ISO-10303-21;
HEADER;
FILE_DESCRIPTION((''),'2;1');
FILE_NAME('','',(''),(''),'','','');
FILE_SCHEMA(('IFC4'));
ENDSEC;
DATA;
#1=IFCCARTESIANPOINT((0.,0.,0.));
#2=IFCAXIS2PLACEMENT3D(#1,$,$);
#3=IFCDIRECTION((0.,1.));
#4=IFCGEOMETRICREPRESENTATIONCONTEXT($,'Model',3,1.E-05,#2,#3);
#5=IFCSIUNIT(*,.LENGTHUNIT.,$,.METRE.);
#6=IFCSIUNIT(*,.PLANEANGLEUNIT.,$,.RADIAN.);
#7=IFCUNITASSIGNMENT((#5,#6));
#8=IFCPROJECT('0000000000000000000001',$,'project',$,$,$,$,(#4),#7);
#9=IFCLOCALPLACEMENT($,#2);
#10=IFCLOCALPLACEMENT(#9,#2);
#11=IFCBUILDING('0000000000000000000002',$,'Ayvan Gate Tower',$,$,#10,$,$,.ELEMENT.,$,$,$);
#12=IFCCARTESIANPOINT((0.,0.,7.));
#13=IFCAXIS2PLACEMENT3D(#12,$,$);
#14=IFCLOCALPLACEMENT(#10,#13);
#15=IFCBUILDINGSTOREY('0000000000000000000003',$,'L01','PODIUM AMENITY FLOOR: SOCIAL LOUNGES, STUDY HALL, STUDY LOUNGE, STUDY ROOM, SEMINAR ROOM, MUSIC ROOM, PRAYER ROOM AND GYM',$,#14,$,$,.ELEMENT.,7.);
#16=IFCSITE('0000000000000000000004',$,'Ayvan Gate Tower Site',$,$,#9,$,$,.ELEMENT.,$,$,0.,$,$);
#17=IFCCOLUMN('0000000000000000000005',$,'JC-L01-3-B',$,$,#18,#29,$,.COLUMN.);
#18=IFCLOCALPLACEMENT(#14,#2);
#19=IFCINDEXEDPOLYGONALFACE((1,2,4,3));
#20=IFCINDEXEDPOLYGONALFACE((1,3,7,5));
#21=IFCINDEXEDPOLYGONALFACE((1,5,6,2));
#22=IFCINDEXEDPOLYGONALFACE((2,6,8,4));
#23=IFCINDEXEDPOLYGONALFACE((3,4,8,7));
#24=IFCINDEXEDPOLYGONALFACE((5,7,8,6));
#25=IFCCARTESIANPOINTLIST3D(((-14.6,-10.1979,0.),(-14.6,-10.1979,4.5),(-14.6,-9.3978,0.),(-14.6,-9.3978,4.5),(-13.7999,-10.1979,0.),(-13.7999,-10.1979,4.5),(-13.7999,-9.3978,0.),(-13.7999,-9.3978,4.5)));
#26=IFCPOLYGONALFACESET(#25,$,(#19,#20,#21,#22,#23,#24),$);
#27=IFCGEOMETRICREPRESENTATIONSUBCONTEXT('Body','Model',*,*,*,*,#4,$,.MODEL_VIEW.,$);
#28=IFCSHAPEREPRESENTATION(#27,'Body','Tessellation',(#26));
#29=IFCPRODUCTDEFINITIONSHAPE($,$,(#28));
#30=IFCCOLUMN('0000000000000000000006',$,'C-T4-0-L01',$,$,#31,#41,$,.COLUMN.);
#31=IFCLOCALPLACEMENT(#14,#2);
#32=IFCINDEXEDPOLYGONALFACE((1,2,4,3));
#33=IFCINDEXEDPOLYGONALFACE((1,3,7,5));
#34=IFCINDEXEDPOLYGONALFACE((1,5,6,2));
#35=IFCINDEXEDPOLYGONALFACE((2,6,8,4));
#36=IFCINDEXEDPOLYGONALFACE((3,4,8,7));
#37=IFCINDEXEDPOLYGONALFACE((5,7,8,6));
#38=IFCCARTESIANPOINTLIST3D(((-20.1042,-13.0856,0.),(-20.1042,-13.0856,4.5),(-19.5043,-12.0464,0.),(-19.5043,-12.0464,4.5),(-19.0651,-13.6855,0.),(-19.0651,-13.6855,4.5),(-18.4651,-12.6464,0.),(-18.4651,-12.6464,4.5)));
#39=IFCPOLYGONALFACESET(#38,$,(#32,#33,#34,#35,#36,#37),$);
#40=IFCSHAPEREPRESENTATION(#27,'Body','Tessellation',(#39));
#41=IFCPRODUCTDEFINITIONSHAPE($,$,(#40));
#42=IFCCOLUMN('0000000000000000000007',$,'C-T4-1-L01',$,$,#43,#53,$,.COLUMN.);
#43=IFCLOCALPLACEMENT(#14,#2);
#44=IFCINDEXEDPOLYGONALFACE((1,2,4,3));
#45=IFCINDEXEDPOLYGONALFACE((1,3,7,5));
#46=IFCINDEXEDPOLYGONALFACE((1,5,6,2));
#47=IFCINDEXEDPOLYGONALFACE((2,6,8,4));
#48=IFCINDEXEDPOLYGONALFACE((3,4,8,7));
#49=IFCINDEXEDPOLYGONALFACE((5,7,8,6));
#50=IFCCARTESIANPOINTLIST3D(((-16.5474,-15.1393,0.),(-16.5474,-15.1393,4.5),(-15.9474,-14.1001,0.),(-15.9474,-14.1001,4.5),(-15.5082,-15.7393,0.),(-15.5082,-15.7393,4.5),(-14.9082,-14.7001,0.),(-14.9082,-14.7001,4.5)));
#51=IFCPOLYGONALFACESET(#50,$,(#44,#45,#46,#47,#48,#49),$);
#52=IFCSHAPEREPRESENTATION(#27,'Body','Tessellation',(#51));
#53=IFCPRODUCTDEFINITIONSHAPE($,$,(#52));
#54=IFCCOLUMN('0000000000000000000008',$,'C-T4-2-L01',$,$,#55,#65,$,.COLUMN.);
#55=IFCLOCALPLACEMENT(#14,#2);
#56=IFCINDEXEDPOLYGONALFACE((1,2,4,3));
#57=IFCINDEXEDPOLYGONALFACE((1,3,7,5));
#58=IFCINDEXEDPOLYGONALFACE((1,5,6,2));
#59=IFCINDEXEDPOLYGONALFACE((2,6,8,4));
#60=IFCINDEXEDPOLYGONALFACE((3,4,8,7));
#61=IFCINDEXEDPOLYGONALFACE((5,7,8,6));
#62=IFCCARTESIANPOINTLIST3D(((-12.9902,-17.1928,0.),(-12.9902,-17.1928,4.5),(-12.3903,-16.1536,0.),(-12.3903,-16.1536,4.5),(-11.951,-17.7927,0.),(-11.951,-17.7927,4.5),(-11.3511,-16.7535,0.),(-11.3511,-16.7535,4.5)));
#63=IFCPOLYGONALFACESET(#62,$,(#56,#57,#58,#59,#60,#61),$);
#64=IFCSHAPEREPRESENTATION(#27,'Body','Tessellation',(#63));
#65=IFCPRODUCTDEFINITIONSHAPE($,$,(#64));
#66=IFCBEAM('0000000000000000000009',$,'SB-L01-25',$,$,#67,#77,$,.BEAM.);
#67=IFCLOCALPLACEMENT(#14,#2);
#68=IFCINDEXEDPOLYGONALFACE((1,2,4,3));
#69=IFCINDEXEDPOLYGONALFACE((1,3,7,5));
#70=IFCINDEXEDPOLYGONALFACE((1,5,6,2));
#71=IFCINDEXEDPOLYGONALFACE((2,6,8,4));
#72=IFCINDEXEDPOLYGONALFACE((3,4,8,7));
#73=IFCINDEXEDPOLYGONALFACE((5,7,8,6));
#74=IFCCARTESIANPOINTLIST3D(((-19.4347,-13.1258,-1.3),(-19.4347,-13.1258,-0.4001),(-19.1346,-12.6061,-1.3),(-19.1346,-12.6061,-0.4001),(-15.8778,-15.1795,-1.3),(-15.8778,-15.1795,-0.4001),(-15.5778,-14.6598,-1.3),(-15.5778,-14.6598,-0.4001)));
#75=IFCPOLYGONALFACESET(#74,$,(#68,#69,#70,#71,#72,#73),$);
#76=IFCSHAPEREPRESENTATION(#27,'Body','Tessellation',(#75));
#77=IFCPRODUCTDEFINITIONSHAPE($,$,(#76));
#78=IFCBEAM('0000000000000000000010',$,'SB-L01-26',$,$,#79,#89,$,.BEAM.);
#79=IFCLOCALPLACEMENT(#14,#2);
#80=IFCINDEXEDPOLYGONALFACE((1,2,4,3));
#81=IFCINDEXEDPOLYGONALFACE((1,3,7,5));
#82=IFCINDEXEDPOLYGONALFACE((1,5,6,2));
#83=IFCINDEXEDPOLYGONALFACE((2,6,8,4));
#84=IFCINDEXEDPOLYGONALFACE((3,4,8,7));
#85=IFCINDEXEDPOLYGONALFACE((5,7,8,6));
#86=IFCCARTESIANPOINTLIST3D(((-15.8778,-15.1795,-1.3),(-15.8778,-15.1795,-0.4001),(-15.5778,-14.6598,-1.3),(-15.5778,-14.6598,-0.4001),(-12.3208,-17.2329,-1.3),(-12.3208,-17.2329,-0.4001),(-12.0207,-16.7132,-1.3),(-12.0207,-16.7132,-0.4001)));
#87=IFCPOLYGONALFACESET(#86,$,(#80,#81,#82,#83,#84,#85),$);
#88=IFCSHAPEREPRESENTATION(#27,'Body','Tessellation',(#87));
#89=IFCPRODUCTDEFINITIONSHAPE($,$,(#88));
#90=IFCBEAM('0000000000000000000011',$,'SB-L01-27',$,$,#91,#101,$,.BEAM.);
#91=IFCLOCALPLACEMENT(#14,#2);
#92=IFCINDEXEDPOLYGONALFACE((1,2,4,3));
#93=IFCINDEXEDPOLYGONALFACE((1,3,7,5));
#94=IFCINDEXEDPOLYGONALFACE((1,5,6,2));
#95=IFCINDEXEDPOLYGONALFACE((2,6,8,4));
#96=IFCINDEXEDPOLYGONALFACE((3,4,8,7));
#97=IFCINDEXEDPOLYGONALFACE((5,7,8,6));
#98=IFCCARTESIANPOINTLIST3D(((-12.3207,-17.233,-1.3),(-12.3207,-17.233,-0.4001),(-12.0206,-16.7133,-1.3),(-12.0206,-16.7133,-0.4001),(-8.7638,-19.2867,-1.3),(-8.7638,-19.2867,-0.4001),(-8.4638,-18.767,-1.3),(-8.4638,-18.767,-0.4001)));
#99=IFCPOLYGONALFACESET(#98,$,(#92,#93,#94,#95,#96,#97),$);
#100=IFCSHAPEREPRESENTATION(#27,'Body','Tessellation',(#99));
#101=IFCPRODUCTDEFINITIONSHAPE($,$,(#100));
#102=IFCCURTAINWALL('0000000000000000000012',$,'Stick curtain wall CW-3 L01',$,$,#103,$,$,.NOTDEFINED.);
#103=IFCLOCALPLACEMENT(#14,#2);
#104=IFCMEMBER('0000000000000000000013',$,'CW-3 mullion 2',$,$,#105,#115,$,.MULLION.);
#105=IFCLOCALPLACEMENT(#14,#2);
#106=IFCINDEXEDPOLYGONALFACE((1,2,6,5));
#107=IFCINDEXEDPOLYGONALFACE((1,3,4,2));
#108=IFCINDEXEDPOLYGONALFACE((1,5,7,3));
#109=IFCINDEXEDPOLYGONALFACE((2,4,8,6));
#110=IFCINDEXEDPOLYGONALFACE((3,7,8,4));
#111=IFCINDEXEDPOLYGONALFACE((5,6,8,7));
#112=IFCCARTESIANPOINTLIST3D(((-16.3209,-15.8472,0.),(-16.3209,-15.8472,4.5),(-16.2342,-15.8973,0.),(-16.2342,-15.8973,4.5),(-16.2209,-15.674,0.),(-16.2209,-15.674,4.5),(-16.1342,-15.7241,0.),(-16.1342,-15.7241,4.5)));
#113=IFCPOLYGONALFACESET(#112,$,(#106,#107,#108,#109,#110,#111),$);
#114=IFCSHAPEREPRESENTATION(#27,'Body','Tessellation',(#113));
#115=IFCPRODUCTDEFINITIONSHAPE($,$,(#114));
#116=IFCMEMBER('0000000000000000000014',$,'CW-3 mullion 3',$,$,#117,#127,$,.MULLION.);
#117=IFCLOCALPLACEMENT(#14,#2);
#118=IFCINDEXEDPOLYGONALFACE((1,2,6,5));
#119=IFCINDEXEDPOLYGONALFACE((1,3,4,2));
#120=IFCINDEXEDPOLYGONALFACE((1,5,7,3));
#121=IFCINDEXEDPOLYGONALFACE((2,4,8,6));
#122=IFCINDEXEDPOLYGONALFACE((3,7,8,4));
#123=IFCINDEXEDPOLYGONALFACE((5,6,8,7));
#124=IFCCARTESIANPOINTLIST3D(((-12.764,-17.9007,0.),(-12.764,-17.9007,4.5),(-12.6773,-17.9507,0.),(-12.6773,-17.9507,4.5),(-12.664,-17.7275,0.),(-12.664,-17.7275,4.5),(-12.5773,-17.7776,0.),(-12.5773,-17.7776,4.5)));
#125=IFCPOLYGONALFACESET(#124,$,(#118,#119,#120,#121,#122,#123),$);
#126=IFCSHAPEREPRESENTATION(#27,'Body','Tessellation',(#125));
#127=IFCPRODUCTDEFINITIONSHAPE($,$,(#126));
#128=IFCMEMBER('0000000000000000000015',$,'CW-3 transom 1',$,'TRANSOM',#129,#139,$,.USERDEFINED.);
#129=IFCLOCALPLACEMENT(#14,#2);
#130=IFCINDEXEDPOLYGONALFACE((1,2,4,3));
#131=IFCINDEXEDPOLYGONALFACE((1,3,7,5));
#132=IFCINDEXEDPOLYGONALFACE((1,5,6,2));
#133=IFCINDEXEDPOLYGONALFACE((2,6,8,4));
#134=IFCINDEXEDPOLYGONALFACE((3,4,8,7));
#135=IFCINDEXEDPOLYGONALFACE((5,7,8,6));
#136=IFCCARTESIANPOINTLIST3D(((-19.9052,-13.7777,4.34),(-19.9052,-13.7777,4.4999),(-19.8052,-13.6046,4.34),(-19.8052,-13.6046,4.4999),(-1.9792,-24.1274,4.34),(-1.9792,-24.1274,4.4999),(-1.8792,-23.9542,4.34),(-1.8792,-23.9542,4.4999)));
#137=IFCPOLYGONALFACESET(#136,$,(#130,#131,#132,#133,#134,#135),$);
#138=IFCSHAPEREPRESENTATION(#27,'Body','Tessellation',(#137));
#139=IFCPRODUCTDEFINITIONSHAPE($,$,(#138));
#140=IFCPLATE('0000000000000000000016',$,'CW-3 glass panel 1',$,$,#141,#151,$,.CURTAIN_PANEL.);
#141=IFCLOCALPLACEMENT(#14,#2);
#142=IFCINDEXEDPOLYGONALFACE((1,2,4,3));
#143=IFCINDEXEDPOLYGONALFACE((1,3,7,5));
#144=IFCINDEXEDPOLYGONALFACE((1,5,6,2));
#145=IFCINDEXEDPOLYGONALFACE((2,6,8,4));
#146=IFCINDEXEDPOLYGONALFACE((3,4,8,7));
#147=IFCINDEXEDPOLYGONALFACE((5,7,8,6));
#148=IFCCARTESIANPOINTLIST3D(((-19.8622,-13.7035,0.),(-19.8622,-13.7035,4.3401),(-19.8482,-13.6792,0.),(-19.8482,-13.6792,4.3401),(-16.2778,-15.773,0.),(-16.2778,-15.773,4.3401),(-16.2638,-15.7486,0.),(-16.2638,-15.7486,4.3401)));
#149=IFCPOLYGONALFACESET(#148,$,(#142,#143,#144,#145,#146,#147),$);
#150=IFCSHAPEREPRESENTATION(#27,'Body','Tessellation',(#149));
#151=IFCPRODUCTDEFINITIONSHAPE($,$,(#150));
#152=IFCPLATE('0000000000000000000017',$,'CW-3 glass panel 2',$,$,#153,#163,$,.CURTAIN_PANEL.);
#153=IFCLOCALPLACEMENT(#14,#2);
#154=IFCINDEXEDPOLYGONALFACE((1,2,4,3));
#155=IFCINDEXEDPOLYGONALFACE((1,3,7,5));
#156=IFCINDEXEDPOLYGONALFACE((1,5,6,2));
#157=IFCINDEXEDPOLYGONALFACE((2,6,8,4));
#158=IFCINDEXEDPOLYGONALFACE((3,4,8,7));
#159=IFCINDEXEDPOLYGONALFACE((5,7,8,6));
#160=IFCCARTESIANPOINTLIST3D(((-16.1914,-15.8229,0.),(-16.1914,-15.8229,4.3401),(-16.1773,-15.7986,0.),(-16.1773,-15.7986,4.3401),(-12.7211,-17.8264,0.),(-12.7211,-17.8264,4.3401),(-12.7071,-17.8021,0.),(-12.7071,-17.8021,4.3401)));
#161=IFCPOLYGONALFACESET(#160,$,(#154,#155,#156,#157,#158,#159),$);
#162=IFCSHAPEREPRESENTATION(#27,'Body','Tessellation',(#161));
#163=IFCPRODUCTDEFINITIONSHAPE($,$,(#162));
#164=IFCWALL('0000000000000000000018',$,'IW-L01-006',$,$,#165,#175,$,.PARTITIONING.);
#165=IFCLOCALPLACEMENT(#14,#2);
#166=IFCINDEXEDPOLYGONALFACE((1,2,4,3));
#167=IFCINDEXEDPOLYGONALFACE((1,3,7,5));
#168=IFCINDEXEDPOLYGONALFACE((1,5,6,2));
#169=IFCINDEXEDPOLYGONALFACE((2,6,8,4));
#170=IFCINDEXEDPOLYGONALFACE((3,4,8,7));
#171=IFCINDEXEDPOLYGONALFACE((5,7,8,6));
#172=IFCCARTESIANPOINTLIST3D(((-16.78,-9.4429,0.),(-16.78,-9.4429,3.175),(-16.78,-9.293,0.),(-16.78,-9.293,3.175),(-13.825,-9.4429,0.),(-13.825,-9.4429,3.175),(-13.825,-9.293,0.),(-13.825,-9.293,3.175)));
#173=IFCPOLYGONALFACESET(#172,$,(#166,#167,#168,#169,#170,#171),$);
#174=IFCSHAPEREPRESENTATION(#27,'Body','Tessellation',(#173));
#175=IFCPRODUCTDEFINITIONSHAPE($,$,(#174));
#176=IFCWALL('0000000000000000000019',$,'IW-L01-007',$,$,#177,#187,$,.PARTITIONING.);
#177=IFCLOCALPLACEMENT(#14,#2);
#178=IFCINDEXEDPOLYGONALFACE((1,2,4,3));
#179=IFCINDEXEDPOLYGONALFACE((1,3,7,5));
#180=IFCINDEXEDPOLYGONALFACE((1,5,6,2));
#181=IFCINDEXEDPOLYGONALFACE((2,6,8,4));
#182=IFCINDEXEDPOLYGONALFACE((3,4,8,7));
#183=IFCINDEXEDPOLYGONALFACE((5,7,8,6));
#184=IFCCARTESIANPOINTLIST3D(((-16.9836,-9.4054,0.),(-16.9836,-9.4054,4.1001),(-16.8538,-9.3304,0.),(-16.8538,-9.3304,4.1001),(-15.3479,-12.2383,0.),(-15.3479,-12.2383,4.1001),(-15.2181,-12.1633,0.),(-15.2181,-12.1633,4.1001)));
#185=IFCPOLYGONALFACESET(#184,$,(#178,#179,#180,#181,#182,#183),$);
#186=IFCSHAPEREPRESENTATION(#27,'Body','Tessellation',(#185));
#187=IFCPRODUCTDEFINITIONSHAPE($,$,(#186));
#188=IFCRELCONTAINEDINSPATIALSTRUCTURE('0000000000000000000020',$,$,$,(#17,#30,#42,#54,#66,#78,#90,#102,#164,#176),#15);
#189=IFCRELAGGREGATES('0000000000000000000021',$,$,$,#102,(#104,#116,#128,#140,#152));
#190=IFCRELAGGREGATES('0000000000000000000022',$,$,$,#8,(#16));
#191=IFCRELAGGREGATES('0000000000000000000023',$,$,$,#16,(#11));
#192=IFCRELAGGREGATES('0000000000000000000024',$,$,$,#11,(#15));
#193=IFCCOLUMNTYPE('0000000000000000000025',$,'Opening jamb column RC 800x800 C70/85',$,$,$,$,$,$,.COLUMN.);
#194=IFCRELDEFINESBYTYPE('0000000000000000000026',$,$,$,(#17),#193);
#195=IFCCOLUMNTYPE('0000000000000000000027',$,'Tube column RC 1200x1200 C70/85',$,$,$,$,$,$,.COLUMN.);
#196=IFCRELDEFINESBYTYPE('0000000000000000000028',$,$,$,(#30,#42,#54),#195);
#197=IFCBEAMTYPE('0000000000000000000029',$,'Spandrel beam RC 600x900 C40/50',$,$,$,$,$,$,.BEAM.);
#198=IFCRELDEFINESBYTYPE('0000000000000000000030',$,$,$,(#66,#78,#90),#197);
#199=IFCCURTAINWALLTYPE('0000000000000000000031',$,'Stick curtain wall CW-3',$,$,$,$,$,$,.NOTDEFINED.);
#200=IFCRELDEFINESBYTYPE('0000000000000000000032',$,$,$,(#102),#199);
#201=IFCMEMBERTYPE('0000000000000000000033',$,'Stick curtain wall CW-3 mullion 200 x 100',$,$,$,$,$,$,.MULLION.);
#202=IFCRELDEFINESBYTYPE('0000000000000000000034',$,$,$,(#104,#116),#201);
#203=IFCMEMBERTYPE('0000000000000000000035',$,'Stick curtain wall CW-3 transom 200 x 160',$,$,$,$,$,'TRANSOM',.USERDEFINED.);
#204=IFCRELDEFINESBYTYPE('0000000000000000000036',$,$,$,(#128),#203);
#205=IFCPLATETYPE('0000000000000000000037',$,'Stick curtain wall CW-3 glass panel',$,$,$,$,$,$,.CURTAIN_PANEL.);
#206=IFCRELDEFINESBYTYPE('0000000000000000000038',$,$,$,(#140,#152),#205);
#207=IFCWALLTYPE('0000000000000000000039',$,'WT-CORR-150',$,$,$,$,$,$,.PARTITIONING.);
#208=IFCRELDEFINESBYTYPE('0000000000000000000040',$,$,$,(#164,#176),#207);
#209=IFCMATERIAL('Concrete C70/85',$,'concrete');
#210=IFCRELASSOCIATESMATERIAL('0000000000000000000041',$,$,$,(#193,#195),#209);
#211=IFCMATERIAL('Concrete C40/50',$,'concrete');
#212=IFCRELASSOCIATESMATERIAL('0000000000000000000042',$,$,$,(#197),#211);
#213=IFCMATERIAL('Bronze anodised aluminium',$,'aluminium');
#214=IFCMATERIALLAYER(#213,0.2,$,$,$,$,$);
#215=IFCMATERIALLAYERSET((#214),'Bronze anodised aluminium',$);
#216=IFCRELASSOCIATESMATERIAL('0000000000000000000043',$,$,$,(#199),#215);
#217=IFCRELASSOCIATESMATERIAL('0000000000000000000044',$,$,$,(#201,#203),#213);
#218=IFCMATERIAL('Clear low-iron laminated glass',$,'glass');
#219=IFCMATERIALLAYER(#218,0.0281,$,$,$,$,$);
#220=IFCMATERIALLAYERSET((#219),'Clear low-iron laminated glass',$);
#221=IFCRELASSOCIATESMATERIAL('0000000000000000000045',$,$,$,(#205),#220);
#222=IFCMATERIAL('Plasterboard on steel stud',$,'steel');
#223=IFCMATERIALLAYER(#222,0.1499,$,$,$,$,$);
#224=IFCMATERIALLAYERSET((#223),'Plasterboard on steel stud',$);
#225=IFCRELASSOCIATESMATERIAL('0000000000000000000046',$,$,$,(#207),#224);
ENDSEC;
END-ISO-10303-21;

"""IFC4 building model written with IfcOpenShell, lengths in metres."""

from ifc_helpers import new_model, si_unit, direction, frame, frame_2d, origin, origin_2d, place, context, subcontext, project, spatial, rectangle, extrude, material, layer, layer_set, material_profile, profile_set, type_object, element, aggregate, save


model = new_model("IFC4")

# Units and contexts
model_context = context("Model", 3, precision=1e-05, world=origin(), true_north=direction((0.0, 1.0)))
body_context = subcontext(model_context, "Body", "Model", "MODEL_VIEW")
ifc_project = project(units=[si_unit("LENGTHUNIT", "METRE"), si_unit("PLANEANGLEUNIT", "RADIAN")], contexts=[model_context])

# Site, building, storey
site_placement = place(None, origin())
site = spatial("IfcSite", under=ifc_project, at=site_placement, Name="Ayvan Gate Tower Site", CompositionType="ELEMENT", RefElevation=0.0)
building_placement = place(site_placement, origin())
building = spatial("IfcBuilding", under=site, at=building_placement, Name="Ayvan Gate Tower", CompositionType="ELEMENT")
storey_placement = place(building_placement, frame((0.0, 0.0, 7.0)))
storey = spatial("IfcBuildingStorey", under=building, at=storey_placement, Name="L01", Description="PODIUM AMENITY FLOOR: SOCIAL LOUNGES, STUDY HALL, STUDY LOUNGE, STUDY ROOM, SEMINAR ROOM, MUSIC ROOM, PRAYER ROOM AND GYM", CompositionType="ELEMENT", Elevation=7.0)

# Columns
ifc_material_1 = material(Name="Concrete C70/85", Category="concrete")
ifc_material_profile_1 = material_profile(ifc_material_1, rectangle(XDim=0.8, YDim=0.8, at=origin_2d()), Name="RC 800x800")
ifc_profile_set_1 = profile_set([ifc_material_profile_1], Name="Concrete C70/85")
column_type_1 = type_object("IfcColumnType", Name="Opening jamb column RC 800x800 C70/85", PredefinedType="COLUMN", material=ifc_profile_set_1)
column_placement = place(storey_placement, frame((-14.2, -9.7979, 0.0), z_axis=(0.0, 0.0, 1.0), x_axis=(-1.0, 0.0, 0.0)))
element("IfcColumn", 1, at=column_placement, inside=storey, type_object=column_type_1, Name="JC-L01-3-B", PredefinedType="COLUMN", context=body_context, shape_type="SweptSolid", body=[
    extrude(rectangle(XDim=0.8, YDim=0.8, at=origin_2d()), origin(), (0.0, 0.0, 1.0), 4.5),
])
ifc_material_profile_2 = material_profile(ifc_material_1, rectangle(XDim=1.2, YDim=1.2, at=origin_2d()), Name="RC 1200x1200")
ifc_profile_set_2 = profile_set([ifc_material_profile_2], Name="Concrete C70/85")
column_type_2 = type_object("IfcColumnType", Name="Tube column RC 1200x1200 C70/85", PredefinedType="COLUMN", material=ifc_profile_set_2)
for number, where, z_axis, x_axis, name in (
    (2, (-19.2847, -12.866, 0.0), (0.0, 0.0, 1.0), (-0.5, -0.866025, 0.0), "C-T4-0-L01"),
    (3, (-15.7278, -14.9197, 0.0), (0.0, 0.0, 1.0), (-0.5, -0.866025, 0.0), "C-T4-1-L01"),
    (4, (-12.1707, -16.9731, 0.0), (0.0, 0.0, 1.0), (-0.5, -0.866025, 0.0), "C-T4-2-L01"),
):
    element("IfcColumn", number, at=place(storey_placement, frame(where, z_axis=z_axis, x_axis=x_axis)), inside=storey, type_object=column_type_2, Name=name, PredefinedType="COLUMN", context=body_context, shape_type="SweptSolid", body=[
        extrude(rectangle(XDim=1.2, YDim=1.2, at=origin_2d()), origin(), (0.0, 0.0, 1.0), 4.5),
    ])

# Beams
ifc_material_2 = material(Name="Concrete C40/50", Category="concrete")
ifc_material_profile_3 = material_profile(ifc_material_2, rectangle(XDim=0.6001, YDim=0.8999, at=origin_2d()), Name="RC 600x900")
ifc_profile_set_3 = profile_set([ifc_material_profile_3], Name="Concrete C40/50")
beam_type = type_object("IfcBeamType", Name="Spandrel beam RC 600x900 C40/50", PredefinedType="BEAM", material=ifc_profile_set_3)
for number, where, z_axis, x_axis, name in (
    (5, (-19.2847, -12.866, -0.8501), (0.86601, -0.500026, 0.0), (0.500026, 0.86601, 0.0), "SB-L01-25"),
    (6, (-15.7278, -14.9197, -0.8501), (0.866051, -0.499956, 0.0), (0.499956, 0.866051, 0.0), "SB-L01-26"),
    (7, (-12.1707, -16.9731, -0.8501), (0.86601, -0.500026, 0.0), (0.500026, 0.86601, 0.0), "SB-L01-27"),
):
    element("IfcBeam", number, at=place(storey_placement, frame(where, z_axis=z_axis, x_axis=x_axis)), inside=storey, type_object=beam_type, Name=name, PredefinedType="BEAM", context=body_context, shape_type="SweptSolid", body=[
        extrude(rectangle(XDim=0.6001, YDim=0.8999, at=origin_2d()), origin(), (0.0, 0.0, 1.0), 4.1072),
    ])

# Curtain wall, members, plates
ifc_material_3 = material(Name="Bronze anodised aluminium", Category="aluminium")
ifc_layer_1 = layer(ifc_material_3, 0.2)
ifc_layer_set_1 = layer_set([ifc_layer_1], Name="Bronze anodised aluminium")
curtain_wall_type = type_object("IfcCurtainWallType", Name="Stick curtain wall CW-3", PredefinedType="NOTDEFINED", material=ifc_layer_set_1)
curtain_wall_placement = place(storey_placement, origin())
curtain_wall = element("IfcCurtainWall", 8, at=curtain_wall_placement, inside=storey, type_object=curtain_wall_type, Name="Stick curtain wall CW-3 L01", PredefinedType="NOTDEFINED")
ifc_material_profile_4 = material_profile(ifc_material_3, rectangle(XDim=0.2, YDim=0.1001, at=origin_2d()), Name="Stick curtain wall CW-3 mullion 200 x 100")
ifc_profile_set_4 = profile_set([ifc_material_profile_4], Name="Bronze anodised aluminium")
member_type_1 = type_object("IfcMemberType", Name="Stick curtain wall CW-3 mullion 200 x 100", PredefinedType="MULLION", material=ifc_profile_set_4)
member_1_placement = place(storey_placement, frame((-16.2275, -15.7856, 0.0), z_axis=(0.0, 0.0, 1.0), x_axis=(-0.5, -0.866025, 0.0)))
member_1 = element("IfcMember", 9, at=member_1_placement, type_object=member_type_1, Name="CW-3 mullion 2", PredefinedType="MULLION", context=body_context, shape_type="SweptSolid", body=[
    extrude(rectangle(XDim=0.2, YDim=0.1001, at=origin_2d()), origin(), (0.0, 0.0, 1.0), 4.5),
])
member_2_placement = place(storey_placement, frame((-12.6707, -17.8391, 0.0), z_axis=(0.0, 0.0, 1.0), x_axis=(-0.5, -0.866025, 0.0)))
member_2 = element("IfcMember", 10, at=member_2_placement, type_object=member_type_1, Name="CW-3 mullion 3", PredefinedType="MULLION", context=body_context, shape_type="SweptSolid", body=[
    extrude(rectangle(XDim=0.2, YDim=0.1001, at=origin_2d()), origin(), (0.0, 0.0, 1.0), 4.5),
])
ifc_material_profile_5 = material_profile(ifc_material_3, rectangle(XDim=0.2, YDim=0.1599, at=origin_2d()), Name="Stick curtain wall CW-3 transom 200 x 160")
ifc_profile_set_5 = profile_set([ifc_material_profile_5], Name="Bronze anodised aluminium")
member_type_2 = type_object("IfcMemberType", Name="Stick curtain wall CW-3 transom 200 x 160", ElementType="TRANSOM", PredefinedType="USERDEFINED", material=ifc_profile_set_5)
member_3_placement = place(storey_placement, frame((-19.8552, -13.6912, 4.4199), z_axis=(0.866025, -0.5, 0.0), x_axis=(0.5, 0.866025, 0.0)))
member_3 = element("IfcMember", 11, at=member_3_placement, type_object=member_type_2, Name="CW-3 transom 1", ObjectType="TRANSOM", PredefinedType="USERDEFINED", context=body_context, shape_type="SweptSolid", body=[
    extrude(rectangle(XDim=0.2, YDim=0.1599, at=origin_2d()), origin(), (0.0, 0.0, 1.0), 20.6992),
])
ifc_material_4 = material(Name="Clear low-iron laminated glass", Category="glass")
ifc_layer_2 = layer(ifc_material_4, 0.0281)
ifc_layer_set_2 = layer_set([ifc_layer_2], Name="Clear low-iron laminated glass")
plate_type = type_object("IfcPlateType", Name="Stick curtain wall CW-3 glass panel", PredefinedType="CURTAIN_PANEL", material=ifc_layer_set_2)
plate_1_placement = place(storey_placement, frame((-18.063, -14.7261, 0.0), z_axis=(0.0, 0.0, 1.0), x_axis=(0.866025, -0.5, 0.0)))
plate_1 = element("IfcPlate", 12, at=plate_1_placement, type_object=plate_type, Name="CW-3 glass panel 1", PredefinedType="CURTAIN_PANEL", context=body_context, shape_type="SweptSolid", body=[
    extrude(rectangle(XDim=4.1389, YDim=0.0281, at=origin_2d()), origin(), (0.0, 0.0, 1.0), 4.3401),
])
plate_2_placement = place(storey_placement, frame((-14.4492, -16.8125, 0.0), z_axis=(0.0, 0.0, 1.0), x_axis=(0.866025, -0.5, 0.0)))
plate_2 = element("IfcPlate", 13, at=plate_2_placement, type_object=plate_type, Name="CW-3 glass panel 2", PredefinedType="CURTAIN_PANEL", context=body_context, shape_type="SweptSolid", body=[
    extrude(rectangle(XDim=4.0071, YDim=0.0281, at=origin_2d()), origin(), (0.0, 0.0, 1.0), 4.3401),
])
aggregate(curtain_wall, [member_1, member_2, member_3, plate_1, plate_2])

# Walls
ifc_material_5 = material(Name="Plasterboard on steel stud", Category="steel")
ifc_layer_3 = layer(ifc_material_5, 0.1499)
ifc_layer_set_3 = layer_set([ifc_layer_3], Name="Plasterboard on steel stud")
wall_type_1 = type_object("IfcWallType", Name="WT-CORR-150", PredefinedType="PARTITIONING", material=ifc_layer_set_3)
wall_1_placement = place(storey_placement, frame((-16.78, -9.3679, 0.0), z_axis=(0.0, 0.0, 1.0), x_axis=(1.0, 0.0, 0.0)))
element("IfcWall", 14, at=wall_1_placement, inside=storey, type_object=wall_type_1, Name="IW-L01-006", PredefinedType="PARTITIONING", context=body_context, shape_type="SweptSolid", body=[
    extrude(rectangle(XDim=2.9551, YDim=0.1499, at=frame_2d((1.4775, 0.0))), origin(), (0.0, 0.0, 1.0), 3.175),
])
wall_2_placement = place(storey_placement, frame((-15.283, -12.2009, 0.0), z_axis=(0.0, 0.0, 1.0), x_axis=(-0.500024, 0.866012, 0.0)))
element("IfcWall", 15, at=wall_2_placement, inside=storey, type_object=wall_type_1, Name="IW-L01-007", PredefinedType="PARTITIONING", context=body_context, shape_type="SweptSolid", body=[
    extrude(rectangle(XDim=3.2712, YDim=0.1499, at=frame_2d((1.6357, 0.0))), origin(), (0.0, 0.0, 1.0), 4.1001),
])

save(model, "model.ifc")
